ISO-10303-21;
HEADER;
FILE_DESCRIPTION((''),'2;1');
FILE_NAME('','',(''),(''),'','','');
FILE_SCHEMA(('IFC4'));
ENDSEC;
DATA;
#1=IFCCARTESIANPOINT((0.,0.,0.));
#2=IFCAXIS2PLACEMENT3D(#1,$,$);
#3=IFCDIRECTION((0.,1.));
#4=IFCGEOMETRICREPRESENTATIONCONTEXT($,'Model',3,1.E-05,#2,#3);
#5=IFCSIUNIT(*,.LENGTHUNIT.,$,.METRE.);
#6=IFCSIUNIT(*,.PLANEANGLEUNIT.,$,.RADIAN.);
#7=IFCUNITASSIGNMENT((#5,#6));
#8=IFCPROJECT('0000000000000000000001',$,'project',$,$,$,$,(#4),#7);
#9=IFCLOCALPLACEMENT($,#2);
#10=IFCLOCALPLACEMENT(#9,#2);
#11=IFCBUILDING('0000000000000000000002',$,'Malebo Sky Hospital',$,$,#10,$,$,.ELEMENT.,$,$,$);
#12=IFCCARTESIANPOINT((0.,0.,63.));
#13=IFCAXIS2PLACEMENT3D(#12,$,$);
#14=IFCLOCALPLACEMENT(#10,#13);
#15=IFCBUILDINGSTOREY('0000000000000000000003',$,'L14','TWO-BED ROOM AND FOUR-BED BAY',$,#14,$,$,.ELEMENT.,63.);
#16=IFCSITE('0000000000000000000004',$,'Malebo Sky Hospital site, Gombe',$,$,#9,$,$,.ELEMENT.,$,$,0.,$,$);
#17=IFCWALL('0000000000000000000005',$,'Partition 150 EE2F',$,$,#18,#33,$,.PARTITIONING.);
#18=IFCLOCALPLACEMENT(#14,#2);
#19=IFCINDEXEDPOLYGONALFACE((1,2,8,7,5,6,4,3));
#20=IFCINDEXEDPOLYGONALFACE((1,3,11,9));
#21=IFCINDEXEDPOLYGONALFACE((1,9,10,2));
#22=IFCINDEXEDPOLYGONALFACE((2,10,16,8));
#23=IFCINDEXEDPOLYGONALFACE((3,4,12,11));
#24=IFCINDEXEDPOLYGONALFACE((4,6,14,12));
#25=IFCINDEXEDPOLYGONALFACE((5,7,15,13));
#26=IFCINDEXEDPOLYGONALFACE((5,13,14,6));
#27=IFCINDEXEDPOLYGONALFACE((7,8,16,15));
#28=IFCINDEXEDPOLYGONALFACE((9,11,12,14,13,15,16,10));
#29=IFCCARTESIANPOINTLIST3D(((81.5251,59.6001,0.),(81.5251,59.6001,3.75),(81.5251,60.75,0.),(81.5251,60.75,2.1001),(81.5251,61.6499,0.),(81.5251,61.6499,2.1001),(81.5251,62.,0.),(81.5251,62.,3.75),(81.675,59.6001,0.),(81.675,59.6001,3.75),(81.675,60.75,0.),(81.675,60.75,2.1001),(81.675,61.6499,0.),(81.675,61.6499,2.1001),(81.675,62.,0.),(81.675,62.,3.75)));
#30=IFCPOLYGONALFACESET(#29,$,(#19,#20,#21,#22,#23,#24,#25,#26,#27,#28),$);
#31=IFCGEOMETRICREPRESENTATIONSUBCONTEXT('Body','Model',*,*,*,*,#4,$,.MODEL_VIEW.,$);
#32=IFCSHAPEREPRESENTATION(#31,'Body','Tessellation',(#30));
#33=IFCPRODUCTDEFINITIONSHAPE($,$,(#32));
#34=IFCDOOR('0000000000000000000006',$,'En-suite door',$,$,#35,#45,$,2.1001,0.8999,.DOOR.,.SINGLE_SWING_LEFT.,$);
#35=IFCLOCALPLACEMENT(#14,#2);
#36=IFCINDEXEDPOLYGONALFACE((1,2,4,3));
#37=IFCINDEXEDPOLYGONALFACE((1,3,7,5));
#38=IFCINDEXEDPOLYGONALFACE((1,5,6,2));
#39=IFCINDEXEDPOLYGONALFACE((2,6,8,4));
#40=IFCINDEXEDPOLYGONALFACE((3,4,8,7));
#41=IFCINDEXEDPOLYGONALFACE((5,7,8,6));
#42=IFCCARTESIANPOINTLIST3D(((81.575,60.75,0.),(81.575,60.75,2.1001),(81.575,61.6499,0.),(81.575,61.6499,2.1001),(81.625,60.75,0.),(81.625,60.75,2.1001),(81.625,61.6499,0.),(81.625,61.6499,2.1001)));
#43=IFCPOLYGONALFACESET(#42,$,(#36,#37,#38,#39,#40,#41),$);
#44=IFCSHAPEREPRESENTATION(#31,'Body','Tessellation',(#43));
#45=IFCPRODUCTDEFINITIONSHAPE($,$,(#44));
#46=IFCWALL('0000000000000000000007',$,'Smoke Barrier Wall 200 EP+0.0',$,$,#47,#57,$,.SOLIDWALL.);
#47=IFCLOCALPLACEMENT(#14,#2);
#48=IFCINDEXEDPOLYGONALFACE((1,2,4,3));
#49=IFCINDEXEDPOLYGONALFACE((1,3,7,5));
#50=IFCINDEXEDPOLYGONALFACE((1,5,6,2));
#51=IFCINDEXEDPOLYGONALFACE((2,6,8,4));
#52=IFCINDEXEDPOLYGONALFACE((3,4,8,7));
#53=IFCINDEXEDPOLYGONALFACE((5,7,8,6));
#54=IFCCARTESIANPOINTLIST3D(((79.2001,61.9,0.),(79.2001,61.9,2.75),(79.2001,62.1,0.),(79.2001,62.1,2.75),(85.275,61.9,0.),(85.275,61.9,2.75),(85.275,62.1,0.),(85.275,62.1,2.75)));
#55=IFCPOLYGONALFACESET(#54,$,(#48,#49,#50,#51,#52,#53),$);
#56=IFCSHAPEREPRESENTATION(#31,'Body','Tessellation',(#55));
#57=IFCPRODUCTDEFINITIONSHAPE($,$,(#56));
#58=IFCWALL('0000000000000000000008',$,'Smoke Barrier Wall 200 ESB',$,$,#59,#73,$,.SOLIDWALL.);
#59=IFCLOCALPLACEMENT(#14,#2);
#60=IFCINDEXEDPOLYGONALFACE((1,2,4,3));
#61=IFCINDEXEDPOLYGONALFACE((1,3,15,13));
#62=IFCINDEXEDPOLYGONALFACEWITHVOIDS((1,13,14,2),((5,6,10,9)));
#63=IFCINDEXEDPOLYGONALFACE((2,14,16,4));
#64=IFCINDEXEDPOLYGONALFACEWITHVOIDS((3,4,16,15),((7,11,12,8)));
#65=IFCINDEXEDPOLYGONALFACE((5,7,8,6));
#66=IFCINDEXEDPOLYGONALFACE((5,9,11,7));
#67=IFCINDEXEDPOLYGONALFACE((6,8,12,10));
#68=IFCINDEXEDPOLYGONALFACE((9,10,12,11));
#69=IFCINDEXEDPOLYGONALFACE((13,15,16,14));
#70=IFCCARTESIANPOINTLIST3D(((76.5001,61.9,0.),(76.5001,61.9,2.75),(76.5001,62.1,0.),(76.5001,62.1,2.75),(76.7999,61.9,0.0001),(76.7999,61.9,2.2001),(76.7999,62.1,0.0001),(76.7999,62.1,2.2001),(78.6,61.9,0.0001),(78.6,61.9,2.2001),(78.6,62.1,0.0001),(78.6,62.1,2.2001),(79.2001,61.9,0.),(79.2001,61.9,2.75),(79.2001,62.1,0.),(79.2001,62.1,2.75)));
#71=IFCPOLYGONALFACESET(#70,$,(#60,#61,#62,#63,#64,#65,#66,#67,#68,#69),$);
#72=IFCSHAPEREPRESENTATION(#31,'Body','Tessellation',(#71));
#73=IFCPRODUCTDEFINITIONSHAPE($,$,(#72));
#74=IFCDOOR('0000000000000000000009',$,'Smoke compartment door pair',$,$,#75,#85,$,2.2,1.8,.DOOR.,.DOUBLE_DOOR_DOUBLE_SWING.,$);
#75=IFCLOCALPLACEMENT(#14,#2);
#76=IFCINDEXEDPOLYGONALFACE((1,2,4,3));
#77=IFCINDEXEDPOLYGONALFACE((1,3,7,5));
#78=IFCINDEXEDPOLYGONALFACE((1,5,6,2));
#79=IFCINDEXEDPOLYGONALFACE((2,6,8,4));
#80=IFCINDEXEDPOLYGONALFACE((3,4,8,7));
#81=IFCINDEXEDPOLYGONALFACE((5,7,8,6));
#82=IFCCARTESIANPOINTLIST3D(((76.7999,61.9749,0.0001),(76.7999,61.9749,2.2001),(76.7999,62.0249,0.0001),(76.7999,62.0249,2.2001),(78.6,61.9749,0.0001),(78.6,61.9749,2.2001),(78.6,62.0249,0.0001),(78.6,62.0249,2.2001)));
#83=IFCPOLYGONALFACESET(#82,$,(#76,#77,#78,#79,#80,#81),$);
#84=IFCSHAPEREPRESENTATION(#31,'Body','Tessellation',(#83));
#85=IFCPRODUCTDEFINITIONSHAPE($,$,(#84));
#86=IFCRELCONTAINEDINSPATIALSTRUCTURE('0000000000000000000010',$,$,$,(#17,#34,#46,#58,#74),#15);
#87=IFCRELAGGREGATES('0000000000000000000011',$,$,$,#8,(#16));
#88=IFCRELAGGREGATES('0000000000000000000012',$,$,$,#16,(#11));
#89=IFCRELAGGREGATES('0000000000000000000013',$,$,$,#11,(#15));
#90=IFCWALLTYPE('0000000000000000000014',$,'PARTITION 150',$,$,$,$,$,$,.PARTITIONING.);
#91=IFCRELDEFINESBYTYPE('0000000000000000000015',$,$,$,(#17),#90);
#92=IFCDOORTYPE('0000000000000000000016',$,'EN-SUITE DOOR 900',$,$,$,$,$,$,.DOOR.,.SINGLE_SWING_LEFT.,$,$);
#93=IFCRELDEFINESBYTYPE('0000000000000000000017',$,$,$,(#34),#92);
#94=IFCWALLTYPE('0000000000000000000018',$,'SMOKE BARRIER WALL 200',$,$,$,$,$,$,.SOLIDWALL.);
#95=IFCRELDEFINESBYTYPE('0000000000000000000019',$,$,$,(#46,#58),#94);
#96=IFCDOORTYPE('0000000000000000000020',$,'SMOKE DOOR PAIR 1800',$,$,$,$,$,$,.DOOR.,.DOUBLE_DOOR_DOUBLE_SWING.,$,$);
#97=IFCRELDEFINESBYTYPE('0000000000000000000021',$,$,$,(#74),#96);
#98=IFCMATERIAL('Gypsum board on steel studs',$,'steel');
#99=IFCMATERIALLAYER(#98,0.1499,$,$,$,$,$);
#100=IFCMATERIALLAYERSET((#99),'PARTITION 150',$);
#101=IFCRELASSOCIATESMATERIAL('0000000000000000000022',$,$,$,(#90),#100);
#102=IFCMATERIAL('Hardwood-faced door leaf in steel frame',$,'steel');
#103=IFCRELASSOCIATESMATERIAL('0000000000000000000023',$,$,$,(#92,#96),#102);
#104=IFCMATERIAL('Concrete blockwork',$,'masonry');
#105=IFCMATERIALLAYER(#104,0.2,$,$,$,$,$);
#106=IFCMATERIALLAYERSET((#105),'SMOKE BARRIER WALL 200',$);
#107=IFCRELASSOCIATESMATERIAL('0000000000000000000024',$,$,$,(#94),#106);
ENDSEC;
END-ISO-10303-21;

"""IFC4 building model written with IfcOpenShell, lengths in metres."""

from ifc_helpers import new_model, si_unit, direction, frame, frame_2d, origin, place, context, subcontext, project, spatial, rectangle, extrude, material, layer, layer_set, type_object, element, fill, save


model = new_model("IFC4")

# Units and contexts
model_context = context("Model", 3, precision=1e-05, world=origin(), true_north=direction((0.0, 1.0)))
body_context = subcontext(model_context, "Body", "Model", "MODEL_VIEW")
ifc_project = project(units=[si_unit("LENGTHUNIT", "METRE"), si_unit("PLANEANGLEUNIT", "RADIAN")], contexts=[model_context])

# Site, building, storey
site_placement = place(None, origin())
site = spatial("IfcSite", under=ifc_project, at=site_placement, Name="Malebo Sky Hospital site, Gombe", CompositionType="ELEMENT", RefElevation=0.0)
building_placement = place(site_placement, origin())
building = spatial("IfcBuilding", under=site, at=building_placement, Name="Malebo Sky Hospital", CompositionType="ELEMENT")
storey_placement = place(building_placement, frame((0.0, 0.0, 63.0)))
storey = spatial("IfcBuildingStorey", under=building, at=storey_placement, Name="L14", Description="TWO-BED ROOM AND FOUR-BED BAY", CompositionType="ELEMENT", Elevation=63.0)

# Shared definitions
ifc_material_1 = material(Name="Gypsum board on steel studs", Category="steel")
ifc_material_2 = material(Name="Hardwood-faced door leaf in steel frame", Category="steel")

# Shared definitions
ifc_layer_1 = layer(ifc_material_1, 0.1499)
ifc_layer_set_1 = layer_set([ifc_layer_1], Name="PARTITION 150")
wall_type_1 = type_object("IfcWallType", Name="PARTITION 150", PredefinedType="PARTITIONING", material=ifc_layer_set_1)

# Shared definitions
door_type_1 = type_object("IfcDoorType", Name="EN-SUITE DOOR 900", OperationType="SINGLE_SWING_LEFT", PredefinedType="DOOR", material=ifc_material_2)

# Wall, opening, door
wall_1_placement = place(storey_placement, frame((81.6001, 62.0, 0.0), z_axis=(0.0, 0.0, 1.0), x_axis=(0.0, -1.0, 0.0)))
wall_1 = element("IfcWall", 1, at=wall_1_placement, inside=storey, type_object=wall_type_1, Name="Partition 150 EE2F", PredefinedType="PARTITIONING", context=body_context, shape_type="SweptSolid", body=[
    extrude(rectangle(XDim=2.3999, YDim=0.1499, at=frame_2d((1.2, 0.0))), origin(), (0.0, 0.0, 1.0), 3.75),
])
opening_1_placement = place(wall_1_placement, frame((0.3501, 0.0, 0.0)))
opening_1 = element("IfcOpeningElement", 2, at=opening_1_placement, cuts=wall_1, PredefinedType="OPENING", context=body_context, shape_type="SweptSolid", body=[
    extrude(rectangle(XDim=0.8999, YDim=2.1001, at=frame_2d((0.45, 1.05))), frame((0.0, 0.085, 0.0), z_axis=(0.0, -1.0, 0.0), x_axis=(1.0, 0.0, 0.0)), (0.0, 0.0, 1.0), 0.1699),
])
door_1_placement = place(opening_1_placement, origin())
door_1 = element("IfcDoor", 3, at=door_1_placement, inside=storey, type_object=door_type_1, Name="En-suite door", OperationType="SINGLE_SWING_LEFT", OverallHeight=2.1001, OverallWidth=0.8999, PredefinedType="DOOR", context=body_context, shape_type="SweptSolid", body=[
    extrude(rectangle(XDim=0.8999, YDim=2.1001, at=frame_2d((0.45, 1.05))), frame((0.0, 0.0249, 0.0), z_axis=(0.0, -1.0, 0.0), x_axis=(1.0, 0.0, 0.0)), (0.0, 0.0, 1.0), 0.05),
])
fill(opening_1, door_1)

# Wall
ifc_material_3 = material(Name="Concrete blockwork", Category="masonry")
ifc_layer_2 = layer(ifc_material_3, 0.2)
ifc_layer_set_2 = layer_set([ifc_layer_2], Name="SMOKE BARRIER WALL 200")
wall_type_2 = type_object("IfcWallType", Name="SMOKE BARRIER WALL 200", PredefinedType="SOLIDWALL", material=ifc_layer_set_2)
wall_2_placement = place(storey_placement, frame((79.2, 62.0, 0.0), z_axis=(0.0, 0.0, 1.0), x_axis=(1.0, 0.0, 0.0)))
element("IfcWall", 4, at=wall_2_placement, inside=storey, type_object=wall_type_2, Name="Smoke Barrier Wall 200 EP+0.0", PredefinedType="SOLIDWALL", context=body_context, shape_type="SweptSolid", body=[
    extrude(rectangle(XDim=6.075, YDim=0.2, at=frame_2d((3.0376, 0.0))), origin(), (0.0, 0.0, 1.0), 2.75),
])

# Wall, opening, door
wall_3_placement = place(storey_placement, frame((76.5, 62.0, 0.0), z_axis=(0.0, 0.0, 1.0), x_axis=(1.0, 0.0, 0.0)))
wall_3 = element("IfcWall", 5, at=wall_3_placement, inside=storey, type_object=wall_type_2, Name="Smoke Barrier Wall 200 ESB", PredefinedType="SOLIDWALL", context=body_context, shape_type="SweptSolid", body=[
    extrude(rectangle(XDim=2.7, YDim=0.2, at=frame_2d((1.3501, 0.0))), origin(), (0.0, 0.0, 1.0), 2.75),
])
opening_2_placement = place(wall_3_placement, frame((0.3, 0.0, 0.0)))
opening_2 = element("IfcOpeningElement", 6, at=opening_2_placement, cuts=wall_3, PredefinedType="OPENING", context=body_context, shape_type="SweptSolid", body=[
    extrude(rectangle(XDim=1.8, YDim=2.2, at=frame_2d((0.8999, 1.1001))), frame((0.0, 0.1099, 0.0), z_axis=(0.0, -1.0, 0.0), x_axis=(1.0, 0.0, 0.0)), (0.0, 0.0, 1.0), 0.22),
])
door_type_2 = type_object("IfcDoorType", Name="SMOKE DOOR PAIR 1800", OperationType="DOUBLE_DOOR_DOUBLE_SWING", PredefinedType="DOOR", material=ifc_material_2)
door_2_placement = place(opening_2_placement, origin())
door_2 = element("IfcDoor", 7, at=door_2_placement, inside=storey, type_object=door_type_2, Name="Smoke compartment door pair", OperationType="DOUBLE_DOOR_DOUBLE_SWING", OverallHeight=2.2, OverallWidth=1.8, PredefinedType="DOOR", context=body_context, shape_type="SweptSolid", body=[
    extrude(rectangle(XDim=1.8, YDim=2.2, at=frame_2d((0.8999, 1.1001))), frame((0.0, 0.0249, 0.0), z_axis=(0.0, -1.0, 0.0), x_axis=(1.0, 0.0, 0.0)), (0.0, 0.0, 1.0), 0.05),
])
fill(opening_2, door_2)

save(model, "model.ifc")
